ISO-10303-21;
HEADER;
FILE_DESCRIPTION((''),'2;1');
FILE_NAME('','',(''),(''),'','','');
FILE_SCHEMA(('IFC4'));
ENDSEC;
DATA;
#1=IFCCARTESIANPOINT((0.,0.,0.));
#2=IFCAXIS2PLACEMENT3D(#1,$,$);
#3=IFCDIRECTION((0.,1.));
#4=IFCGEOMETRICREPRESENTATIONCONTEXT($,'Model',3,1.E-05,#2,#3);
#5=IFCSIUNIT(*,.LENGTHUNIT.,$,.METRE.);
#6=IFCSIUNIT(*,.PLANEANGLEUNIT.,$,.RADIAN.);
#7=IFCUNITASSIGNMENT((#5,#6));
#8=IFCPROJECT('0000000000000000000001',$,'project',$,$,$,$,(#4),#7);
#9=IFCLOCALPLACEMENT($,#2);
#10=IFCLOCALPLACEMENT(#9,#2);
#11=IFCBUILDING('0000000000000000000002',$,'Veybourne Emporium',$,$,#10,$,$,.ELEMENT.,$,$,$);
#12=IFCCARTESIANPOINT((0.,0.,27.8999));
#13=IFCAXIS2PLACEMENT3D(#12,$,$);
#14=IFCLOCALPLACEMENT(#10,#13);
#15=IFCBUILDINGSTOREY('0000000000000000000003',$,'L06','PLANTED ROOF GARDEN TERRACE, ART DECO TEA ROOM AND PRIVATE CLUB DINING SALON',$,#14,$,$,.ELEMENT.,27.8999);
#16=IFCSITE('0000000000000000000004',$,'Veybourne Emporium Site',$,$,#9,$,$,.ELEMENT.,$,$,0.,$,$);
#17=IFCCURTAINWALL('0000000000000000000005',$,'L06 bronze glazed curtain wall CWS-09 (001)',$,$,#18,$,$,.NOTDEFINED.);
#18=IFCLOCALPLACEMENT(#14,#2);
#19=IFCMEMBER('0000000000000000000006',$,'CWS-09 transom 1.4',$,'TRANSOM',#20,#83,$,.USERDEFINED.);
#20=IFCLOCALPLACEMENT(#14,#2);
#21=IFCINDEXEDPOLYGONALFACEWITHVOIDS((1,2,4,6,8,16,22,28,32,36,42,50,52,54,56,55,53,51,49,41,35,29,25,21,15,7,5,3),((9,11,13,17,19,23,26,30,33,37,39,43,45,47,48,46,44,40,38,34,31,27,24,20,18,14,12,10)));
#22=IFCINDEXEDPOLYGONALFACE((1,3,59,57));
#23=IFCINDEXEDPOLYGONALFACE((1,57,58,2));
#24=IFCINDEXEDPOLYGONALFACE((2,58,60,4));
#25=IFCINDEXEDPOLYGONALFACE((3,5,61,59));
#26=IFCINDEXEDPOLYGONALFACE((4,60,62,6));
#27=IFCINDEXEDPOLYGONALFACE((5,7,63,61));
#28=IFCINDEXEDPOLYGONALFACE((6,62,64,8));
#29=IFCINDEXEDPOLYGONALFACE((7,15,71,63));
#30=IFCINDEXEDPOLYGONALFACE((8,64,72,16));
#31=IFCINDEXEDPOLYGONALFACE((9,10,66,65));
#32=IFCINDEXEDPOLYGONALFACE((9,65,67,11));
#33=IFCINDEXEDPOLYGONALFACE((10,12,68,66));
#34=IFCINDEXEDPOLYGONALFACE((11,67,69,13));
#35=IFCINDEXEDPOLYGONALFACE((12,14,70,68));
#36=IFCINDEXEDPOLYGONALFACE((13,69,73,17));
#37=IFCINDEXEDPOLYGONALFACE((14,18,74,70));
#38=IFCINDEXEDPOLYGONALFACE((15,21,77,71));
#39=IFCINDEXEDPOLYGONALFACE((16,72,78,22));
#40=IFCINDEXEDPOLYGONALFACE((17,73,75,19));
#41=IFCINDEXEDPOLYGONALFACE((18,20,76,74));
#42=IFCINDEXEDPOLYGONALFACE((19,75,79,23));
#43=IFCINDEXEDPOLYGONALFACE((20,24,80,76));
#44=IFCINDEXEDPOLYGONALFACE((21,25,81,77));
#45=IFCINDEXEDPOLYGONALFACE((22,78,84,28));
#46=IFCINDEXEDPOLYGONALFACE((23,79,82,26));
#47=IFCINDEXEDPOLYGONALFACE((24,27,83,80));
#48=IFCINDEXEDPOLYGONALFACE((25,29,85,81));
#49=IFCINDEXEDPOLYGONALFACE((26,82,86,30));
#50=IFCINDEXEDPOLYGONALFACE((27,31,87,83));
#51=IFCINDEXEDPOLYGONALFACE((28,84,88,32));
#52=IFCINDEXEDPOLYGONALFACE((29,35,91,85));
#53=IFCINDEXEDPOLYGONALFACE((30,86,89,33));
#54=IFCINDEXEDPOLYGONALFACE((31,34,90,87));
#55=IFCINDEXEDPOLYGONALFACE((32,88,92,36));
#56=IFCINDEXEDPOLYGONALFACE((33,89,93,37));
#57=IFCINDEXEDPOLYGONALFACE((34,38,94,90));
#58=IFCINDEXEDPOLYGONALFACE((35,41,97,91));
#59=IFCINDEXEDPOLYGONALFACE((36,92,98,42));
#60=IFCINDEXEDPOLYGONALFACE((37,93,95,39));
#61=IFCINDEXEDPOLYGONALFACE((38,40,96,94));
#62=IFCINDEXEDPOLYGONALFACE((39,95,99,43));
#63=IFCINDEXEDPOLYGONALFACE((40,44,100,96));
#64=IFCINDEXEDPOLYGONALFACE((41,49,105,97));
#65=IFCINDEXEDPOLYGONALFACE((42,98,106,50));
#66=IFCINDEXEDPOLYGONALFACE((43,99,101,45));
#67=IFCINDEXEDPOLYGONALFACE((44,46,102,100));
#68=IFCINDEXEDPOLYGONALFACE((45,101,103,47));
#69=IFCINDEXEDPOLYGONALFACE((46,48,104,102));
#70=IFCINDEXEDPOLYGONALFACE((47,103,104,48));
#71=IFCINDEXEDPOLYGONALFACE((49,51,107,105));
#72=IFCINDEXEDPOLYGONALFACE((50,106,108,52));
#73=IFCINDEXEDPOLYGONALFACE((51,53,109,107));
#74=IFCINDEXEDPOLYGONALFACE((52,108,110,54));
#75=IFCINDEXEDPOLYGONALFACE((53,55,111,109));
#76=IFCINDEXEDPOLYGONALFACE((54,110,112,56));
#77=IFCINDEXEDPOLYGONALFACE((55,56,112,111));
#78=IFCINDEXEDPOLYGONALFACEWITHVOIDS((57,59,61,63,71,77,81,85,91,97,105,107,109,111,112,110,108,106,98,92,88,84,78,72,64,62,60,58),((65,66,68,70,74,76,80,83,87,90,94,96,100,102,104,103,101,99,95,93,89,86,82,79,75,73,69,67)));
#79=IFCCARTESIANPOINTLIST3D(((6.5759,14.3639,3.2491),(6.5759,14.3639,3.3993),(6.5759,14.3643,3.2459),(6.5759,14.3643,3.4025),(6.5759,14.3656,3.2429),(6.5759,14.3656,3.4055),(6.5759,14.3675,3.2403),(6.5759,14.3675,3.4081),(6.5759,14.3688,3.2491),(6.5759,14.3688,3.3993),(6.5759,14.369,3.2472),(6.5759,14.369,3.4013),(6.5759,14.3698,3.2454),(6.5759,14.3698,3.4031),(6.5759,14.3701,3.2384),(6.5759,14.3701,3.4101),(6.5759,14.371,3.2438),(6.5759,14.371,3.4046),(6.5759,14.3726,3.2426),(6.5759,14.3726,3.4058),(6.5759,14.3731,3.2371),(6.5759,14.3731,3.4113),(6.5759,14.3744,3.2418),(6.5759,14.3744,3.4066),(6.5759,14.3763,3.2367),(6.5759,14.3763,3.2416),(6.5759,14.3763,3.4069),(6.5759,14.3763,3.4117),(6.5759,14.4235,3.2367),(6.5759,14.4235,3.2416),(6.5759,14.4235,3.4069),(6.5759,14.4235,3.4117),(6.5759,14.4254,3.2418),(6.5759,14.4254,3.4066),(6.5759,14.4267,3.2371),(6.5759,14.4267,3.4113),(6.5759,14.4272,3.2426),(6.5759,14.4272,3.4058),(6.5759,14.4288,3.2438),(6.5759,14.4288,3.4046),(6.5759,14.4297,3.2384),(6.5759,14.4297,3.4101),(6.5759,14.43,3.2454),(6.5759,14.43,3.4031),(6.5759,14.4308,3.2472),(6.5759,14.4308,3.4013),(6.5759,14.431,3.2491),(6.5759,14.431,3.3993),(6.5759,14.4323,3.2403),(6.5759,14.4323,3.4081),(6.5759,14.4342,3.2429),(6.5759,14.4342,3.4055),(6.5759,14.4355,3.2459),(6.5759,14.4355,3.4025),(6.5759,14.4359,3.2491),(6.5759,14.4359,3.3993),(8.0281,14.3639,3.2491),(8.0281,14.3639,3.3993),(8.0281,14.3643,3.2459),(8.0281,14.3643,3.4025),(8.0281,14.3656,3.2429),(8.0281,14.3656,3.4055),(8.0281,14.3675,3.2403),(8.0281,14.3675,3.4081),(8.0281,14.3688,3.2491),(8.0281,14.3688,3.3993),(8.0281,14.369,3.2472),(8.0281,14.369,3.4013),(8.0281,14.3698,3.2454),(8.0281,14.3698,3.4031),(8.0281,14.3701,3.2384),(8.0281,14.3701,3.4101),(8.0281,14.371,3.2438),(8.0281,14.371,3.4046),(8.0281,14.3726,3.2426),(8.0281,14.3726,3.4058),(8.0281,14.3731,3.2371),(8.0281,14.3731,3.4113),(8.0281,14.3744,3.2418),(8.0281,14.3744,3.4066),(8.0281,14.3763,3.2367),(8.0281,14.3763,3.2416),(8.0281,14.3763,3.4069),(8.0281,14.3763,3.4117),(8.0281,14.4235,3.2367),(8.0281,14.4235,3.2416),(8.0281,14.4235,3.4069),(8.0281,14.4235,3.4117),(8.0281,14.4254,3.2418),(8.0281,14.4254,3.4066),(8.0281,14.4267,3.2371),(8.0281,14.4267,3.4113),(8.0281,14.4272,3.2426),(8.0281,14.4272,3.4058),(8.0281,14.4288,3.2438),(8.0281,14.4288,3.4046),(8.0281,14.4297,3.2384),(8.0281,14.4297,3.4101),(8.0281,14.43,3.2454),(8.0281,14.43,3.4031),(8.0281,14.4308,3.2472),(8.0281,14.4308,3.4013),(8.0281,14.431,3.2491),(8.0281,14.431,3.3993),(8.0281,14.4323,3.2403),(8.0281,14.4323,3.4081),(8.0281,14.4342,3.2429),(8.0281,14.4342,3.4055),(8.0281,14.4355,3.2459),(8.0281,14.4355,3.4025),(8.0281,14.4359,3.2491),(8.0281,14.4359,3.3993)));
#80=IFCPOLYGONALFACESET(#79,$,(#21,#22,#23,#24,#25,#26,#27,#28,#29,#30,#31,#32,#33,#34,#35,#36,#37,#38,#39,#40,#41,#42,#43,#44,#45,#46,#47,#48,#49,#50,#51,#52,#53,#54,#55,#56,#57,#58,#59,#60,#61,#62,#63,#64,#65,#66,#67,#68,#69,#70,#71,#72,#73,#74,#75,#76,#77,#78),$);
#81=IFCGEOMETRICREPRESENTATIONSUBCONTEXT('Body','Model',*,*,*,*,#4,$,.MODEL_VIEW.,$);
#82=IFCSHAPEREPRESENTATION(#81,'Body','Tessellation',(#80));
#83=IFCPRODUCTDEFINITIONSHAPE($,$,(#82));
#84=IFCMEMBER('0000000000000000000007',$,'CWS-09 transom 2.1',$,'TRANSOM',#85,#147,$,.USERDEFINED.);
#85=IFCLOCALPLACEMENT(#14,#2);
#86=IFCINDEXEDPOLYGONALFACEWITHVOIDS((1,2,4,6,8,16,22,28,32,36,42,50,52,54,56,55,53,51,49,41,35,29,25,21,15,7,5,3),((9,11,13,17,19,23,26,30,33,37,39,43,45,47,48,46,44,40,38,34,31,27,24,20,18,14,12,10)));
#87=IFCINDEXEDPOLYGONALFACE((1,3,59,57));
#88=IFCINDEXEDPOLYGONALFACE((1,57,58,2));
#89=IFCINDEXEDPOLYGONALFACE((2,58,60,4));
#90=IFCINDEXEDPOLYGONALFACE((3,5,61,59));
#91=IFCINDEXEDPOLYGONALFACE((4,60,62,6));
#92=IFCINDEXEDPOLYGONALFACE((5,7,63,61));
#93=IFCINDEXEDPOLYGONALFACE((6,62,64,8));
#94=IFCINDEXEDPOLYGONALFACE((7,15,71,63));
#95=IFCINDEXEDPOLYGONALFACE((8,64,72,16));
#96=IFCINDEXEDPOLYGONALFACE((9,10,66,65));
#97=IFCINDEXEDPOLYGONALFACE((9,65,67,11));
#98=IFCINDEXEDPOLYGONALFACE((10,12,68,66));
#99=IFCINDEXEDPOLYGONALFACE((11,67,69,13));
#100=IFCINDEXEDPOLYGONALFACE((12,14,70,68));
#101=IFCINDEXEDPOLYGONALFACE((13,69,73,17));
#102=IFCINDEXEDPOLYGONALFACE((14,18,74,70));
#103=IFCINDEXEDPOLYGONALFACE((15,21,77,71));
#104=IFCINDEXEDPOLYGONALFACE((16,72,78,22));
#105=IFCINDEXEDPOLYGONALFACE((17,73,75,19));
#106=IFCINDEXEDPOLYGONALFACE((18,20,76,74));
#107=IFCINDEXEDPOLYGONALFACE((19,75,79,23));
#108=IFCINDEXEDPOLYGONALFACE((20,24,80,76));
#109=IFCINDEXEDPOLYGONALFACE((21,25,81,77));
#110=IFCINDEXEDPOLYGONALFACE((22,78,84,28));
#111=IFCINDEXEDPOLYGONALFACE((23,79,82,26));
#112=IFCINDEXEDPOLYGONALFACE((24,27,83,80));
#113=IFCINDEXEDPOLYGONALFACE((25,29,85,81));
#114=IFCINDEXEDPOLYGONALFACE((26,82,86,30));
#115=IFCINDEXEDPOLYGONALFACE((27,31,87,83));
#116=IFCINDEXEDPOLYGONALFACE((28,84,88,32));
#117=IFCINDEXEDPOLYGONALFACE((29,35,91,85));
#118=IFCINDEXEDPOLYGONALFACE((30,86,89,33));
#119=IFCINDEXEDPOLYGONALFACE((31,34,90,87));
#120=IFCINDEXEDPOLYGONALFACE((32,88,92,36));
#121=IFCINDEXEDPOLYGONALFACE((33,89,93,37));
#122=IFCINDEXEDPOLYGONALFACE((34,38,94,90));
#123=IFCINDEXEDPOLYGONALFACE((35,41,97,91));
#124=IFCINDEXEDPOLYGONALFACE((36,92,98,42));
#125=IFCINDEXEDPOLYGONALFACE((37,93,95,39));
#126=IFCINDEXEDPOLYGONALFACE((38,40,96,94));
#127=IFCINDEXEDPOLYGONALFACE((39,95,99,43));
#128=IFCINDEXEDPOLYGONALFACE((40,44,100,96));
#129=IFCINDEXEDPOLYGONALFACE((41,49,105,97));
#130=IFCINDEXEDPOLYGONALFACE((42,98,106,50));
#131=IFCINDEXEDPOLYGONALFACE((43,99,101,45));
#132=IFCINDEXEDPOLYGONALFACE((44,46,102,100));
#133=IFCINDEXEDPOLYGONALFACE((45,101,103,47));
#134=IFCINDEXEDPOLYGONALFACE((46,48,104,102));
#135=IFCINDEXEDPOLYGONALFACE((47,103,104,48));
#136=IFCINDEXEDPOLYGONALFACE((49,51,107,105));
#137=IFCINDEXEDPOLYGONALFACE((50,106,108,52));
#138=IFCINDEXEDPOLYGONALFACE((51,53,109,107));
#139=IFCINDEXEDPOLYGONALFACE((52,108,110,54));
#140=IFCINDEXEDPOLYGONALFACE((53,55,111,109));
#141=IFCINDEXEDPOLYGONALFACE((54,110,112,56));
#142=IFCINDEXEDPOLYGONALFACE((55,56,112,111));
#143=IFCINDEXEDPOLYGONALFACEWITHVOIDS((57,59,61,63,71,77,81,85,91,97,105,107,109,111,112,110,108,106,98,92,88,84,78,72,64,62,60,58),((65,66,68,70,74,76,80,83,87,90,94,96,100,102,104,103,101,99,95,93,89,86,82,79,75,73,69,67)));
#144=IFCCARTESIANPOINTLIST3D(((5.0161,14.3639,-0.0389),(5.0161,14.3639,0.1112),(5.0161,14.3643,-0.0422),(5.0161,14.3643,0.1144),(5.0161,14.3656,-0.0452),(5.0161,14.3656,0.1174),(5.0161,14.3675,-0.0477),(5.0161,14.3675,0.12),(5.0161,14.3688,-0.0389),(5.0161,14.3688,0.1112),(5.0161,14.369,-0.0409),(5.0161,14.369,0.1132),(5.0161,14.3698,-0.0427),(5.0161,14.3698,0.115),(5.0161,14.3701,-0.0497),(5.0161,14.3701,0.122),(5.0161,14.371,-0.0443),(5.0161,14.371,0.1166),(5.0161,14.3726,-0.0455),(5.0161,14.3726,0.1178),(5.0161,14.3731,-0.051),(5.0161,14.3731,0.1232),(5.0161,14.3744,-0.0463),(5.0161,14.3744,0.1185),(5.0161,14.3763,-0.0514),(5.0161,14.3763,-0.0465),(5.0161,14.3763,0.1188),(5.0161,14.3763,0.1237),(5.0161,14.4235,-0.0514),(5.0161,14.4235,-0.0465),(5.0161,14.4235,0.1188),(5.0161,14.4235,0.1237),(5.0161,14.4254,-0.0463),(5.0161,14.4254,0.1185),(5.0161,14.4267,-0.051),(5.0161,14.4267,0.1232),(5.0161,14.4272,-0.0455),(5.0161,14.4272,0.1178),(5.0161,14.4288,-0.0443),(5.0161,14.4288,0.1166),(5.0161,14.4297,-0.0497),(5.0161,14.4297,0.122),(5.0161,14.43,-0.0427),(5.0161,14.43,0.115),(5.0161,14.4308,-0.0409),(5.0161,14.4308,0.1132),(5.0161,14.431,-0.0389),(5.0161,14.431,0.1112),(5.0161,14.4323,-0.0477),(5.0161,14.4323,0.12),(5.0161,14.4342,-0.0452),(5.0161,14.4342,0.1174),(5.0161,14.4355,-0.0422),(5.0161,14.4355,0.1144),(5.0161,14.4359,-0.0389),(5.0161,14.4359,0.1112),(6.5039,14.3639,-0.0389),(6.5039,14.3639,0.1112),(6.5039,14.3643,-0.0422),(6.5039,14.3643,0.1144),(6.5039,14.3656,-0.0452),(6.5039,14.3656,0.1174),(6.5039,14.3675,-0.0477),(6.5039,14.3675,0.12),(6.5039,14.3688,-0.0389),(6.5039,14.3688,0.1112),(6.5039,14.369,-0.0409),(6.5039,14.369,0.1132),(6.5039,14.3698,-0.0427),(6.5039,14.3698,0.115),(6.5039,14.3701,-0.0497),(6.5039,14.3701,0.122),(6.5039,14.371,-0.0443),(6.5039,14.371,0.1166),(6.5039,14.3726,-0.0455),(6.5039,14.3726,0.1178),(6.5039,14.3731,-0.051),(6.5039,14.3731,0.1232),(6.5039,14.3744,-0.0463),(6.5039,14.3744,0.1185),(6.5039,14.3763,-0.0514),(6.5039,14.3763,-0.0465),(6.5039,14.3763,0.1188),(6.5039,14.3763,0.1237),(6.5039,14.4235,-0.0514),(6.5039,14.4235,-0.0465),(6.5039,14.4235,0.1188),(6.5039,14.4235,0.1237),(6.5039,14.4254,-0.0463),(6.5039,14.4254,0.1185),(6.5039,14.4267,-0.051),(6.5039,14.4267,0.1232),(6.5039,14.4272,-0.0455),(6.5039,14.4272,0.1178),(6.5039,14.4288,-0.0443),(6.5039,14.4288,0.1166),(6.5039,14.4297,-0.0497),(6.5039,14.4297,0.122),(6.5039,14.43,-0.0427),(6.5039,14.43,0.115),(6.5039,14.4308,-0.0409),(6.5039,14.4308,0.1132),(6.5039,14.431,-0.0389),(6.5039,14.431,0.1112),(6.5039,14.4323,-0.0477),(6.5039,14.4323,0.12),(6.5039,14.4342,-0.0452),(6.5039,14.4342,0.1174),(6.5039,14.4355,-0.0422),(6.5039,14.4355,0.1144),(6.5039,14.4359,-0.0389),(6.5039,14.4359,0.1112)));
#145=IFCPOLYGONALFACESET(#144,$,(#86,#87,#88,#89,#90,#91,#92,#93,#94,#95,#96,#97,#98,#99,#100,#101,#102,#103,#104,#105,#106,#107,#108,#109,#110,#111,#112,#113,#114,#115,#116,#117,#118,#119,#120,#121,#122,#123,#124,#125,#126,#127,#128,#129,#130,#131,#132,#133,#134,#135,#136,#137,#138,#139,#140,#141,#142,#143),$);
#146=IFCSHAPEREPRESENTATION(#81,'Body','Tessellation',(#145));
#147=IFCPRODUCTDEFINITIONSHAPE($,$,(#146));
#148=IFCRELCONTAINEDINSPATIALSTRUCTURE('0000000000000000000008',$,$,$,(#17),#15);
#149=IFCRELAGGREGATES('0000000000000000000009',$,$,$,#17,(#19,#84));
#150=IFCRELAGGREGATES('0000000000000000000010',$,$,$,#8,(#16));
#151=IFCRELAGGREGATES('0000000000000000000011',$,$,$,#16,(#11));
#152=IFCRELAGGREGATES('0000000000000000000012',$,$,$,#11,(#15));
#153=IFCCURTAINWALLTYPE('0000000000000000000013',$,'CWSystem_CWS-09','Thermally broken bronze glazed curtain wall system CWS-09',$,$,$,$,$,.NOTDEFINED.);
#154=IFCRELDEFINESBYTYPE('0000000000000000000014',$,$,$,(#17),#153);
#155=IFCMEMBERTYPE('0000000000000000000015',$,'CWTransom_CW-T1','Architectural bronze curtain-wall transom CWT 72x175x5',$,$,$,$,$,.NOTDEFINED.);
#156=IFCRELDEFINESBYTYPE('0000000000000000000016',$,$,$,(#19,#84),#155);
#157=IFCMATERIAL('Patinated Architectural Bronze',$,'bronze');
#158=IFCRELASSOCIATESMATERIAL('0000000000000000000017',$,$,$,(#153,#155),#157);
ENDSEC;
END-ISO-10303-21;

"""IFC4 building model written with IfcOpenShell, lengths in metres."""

from ifc_helpers import new_model, si_unit, direction, frame, origin, origin_2d, place, context, subcontext, project, spatial, hollow_rectangle, extrude, material, material_profile, profile_set, type_object, element, aggregate, save


model = new_model("IFC4")

# Units and contexts
model_context = context("Model", 3, precision=1e-05, world=origin(), true_north=direction((0.0, 1.0)))
body_context = subcontext(model_context, "Body", "Model", "MODEL_VIEW")
ifc_project = project(units=[si_unit("LENGTHUNIT", "METRE"), si_unit("PLANEANGLEUNIT", "RADIAN")], contexts=[model_context])

# Site, building, storey
site_placement = place(None, origin())
site = spatial("IfcSite", under=ifc_project, at=site_placement, Name="Veybourne Emporium Site", CompositionType="ELEMENT", RefElevation=0.0)
building_placement = place(site_placement, origin())
building = spatial("IfcBuilding", under=site, at=building_placement, Name="Veybourne Emporium", CompositionType="ELEMENT")
storey_placement = place(building_placement, frame((0.0, 0.0, 27.8999)))
storey = spatial("IfcBuildingStorey", under=building, at=storey_placement, Name="L06", Description="PLANTED ROOF GARDEN TERRACE, ART DECO TEA ROOM AND PRIVATE CLUB DINING SALON", CompositionType="ELEMENT", Elevation=27.8999)

# Curtain wall
ifc_material_1 = material(Name="Patinated Architectural Bronze", Category="bronze")
curtain_wall_type_1 = type_object("IfcCurtainWallType", Name="CWSystem_CWS-09", Description="Thermally broken bronze glazed curtain wall system CWS-09", PredefinedType="NOTDEFINED", material=ifc_material_1)
curtain_wall_1_placement = place(storey_placement, origin())
curtain_wall_1 = element("IfcCurtainWall", 1, at=curtain_wall_1_placement, inside=storey, type_object=curtain_wall_type_1, Name="L06 bronze glazed curtain wall CWS-09 (001)", PredefinedType="NOTDEFINED")

# Members
ifc_material_profile_1 = material_profile(ifc_material_1, hollow_rectangle(XDim=0.072, YDim=0.175, WallThickness=0.0049, InnerFilletRadius=0.0076, OuterFilletRadius=0.0125, at=origin_2d()), Name="CWT 72x175x5")
ifc_profile_set_1 = profile_set([ifc_material_profile_1], Name="Patinated Architectural Bronze")
member_type_1 = type_object("IfcMemberType", Name="CWTransom_CW-T1", Description="Architectural bronze curtain-wall transom CWT 72x175x5", PredefinedType="NOTDEFINED", material=ifc_profile_set_1)
member_1_placement = place(storey_placement, frame((8.0281, 14.3999, 3.3242), z_axis=(-1.0, 0.0, 0.0), x_axis=(0.0, -1.0, 0.0)))
member_1 = element("IfcMember", 2, at=member_1_placement, type_object=member_type_1, Name="CWS-09 transom 1.4", ObjectType="TRANSOM", PredefinedType="USERDEFINED", context=body_context, shape_type="SweptSolid", body=[
    extrude(hollow_rectangle(XDim=0.072, YDim=0.175, WallThickness=0.0049, InnerFilletRadius=0.0076, OuterFilletRadius=0.0125, at=origin_2d()), origin(), (0.0, 0.0, 1.0), 1.4521),
])
member_2_placement = place(storey_placement, frame((6.5039, 14.3999, 0.0361), z_axis=(-1.0, 0.0, 0.0), x_axis=(0.0, -1.0, 0.0)))
member_2 = element("IfcMember", 3, at=member_2_placement, type_object=member_type_1, Name="CWS-09 transom 2.1", ObjectType="TRANSOM", PredefinedType="USERDEFINED", context=body_context, shape_type="SweptSolid", body=[
    extrude(hollow_rectangle(XDim=0.072, YDim=0.175, WallThickness=0.0049, InnerFilletRadius=0.0076, OuterFilletRadius=0.0125, at=origin_2d()), origin(), (0.0, 0.0, 1.0), 1.4878),
])

aggregate(curtain_wall_1, [member_1, member_2])

save(model, "model.ifc")
